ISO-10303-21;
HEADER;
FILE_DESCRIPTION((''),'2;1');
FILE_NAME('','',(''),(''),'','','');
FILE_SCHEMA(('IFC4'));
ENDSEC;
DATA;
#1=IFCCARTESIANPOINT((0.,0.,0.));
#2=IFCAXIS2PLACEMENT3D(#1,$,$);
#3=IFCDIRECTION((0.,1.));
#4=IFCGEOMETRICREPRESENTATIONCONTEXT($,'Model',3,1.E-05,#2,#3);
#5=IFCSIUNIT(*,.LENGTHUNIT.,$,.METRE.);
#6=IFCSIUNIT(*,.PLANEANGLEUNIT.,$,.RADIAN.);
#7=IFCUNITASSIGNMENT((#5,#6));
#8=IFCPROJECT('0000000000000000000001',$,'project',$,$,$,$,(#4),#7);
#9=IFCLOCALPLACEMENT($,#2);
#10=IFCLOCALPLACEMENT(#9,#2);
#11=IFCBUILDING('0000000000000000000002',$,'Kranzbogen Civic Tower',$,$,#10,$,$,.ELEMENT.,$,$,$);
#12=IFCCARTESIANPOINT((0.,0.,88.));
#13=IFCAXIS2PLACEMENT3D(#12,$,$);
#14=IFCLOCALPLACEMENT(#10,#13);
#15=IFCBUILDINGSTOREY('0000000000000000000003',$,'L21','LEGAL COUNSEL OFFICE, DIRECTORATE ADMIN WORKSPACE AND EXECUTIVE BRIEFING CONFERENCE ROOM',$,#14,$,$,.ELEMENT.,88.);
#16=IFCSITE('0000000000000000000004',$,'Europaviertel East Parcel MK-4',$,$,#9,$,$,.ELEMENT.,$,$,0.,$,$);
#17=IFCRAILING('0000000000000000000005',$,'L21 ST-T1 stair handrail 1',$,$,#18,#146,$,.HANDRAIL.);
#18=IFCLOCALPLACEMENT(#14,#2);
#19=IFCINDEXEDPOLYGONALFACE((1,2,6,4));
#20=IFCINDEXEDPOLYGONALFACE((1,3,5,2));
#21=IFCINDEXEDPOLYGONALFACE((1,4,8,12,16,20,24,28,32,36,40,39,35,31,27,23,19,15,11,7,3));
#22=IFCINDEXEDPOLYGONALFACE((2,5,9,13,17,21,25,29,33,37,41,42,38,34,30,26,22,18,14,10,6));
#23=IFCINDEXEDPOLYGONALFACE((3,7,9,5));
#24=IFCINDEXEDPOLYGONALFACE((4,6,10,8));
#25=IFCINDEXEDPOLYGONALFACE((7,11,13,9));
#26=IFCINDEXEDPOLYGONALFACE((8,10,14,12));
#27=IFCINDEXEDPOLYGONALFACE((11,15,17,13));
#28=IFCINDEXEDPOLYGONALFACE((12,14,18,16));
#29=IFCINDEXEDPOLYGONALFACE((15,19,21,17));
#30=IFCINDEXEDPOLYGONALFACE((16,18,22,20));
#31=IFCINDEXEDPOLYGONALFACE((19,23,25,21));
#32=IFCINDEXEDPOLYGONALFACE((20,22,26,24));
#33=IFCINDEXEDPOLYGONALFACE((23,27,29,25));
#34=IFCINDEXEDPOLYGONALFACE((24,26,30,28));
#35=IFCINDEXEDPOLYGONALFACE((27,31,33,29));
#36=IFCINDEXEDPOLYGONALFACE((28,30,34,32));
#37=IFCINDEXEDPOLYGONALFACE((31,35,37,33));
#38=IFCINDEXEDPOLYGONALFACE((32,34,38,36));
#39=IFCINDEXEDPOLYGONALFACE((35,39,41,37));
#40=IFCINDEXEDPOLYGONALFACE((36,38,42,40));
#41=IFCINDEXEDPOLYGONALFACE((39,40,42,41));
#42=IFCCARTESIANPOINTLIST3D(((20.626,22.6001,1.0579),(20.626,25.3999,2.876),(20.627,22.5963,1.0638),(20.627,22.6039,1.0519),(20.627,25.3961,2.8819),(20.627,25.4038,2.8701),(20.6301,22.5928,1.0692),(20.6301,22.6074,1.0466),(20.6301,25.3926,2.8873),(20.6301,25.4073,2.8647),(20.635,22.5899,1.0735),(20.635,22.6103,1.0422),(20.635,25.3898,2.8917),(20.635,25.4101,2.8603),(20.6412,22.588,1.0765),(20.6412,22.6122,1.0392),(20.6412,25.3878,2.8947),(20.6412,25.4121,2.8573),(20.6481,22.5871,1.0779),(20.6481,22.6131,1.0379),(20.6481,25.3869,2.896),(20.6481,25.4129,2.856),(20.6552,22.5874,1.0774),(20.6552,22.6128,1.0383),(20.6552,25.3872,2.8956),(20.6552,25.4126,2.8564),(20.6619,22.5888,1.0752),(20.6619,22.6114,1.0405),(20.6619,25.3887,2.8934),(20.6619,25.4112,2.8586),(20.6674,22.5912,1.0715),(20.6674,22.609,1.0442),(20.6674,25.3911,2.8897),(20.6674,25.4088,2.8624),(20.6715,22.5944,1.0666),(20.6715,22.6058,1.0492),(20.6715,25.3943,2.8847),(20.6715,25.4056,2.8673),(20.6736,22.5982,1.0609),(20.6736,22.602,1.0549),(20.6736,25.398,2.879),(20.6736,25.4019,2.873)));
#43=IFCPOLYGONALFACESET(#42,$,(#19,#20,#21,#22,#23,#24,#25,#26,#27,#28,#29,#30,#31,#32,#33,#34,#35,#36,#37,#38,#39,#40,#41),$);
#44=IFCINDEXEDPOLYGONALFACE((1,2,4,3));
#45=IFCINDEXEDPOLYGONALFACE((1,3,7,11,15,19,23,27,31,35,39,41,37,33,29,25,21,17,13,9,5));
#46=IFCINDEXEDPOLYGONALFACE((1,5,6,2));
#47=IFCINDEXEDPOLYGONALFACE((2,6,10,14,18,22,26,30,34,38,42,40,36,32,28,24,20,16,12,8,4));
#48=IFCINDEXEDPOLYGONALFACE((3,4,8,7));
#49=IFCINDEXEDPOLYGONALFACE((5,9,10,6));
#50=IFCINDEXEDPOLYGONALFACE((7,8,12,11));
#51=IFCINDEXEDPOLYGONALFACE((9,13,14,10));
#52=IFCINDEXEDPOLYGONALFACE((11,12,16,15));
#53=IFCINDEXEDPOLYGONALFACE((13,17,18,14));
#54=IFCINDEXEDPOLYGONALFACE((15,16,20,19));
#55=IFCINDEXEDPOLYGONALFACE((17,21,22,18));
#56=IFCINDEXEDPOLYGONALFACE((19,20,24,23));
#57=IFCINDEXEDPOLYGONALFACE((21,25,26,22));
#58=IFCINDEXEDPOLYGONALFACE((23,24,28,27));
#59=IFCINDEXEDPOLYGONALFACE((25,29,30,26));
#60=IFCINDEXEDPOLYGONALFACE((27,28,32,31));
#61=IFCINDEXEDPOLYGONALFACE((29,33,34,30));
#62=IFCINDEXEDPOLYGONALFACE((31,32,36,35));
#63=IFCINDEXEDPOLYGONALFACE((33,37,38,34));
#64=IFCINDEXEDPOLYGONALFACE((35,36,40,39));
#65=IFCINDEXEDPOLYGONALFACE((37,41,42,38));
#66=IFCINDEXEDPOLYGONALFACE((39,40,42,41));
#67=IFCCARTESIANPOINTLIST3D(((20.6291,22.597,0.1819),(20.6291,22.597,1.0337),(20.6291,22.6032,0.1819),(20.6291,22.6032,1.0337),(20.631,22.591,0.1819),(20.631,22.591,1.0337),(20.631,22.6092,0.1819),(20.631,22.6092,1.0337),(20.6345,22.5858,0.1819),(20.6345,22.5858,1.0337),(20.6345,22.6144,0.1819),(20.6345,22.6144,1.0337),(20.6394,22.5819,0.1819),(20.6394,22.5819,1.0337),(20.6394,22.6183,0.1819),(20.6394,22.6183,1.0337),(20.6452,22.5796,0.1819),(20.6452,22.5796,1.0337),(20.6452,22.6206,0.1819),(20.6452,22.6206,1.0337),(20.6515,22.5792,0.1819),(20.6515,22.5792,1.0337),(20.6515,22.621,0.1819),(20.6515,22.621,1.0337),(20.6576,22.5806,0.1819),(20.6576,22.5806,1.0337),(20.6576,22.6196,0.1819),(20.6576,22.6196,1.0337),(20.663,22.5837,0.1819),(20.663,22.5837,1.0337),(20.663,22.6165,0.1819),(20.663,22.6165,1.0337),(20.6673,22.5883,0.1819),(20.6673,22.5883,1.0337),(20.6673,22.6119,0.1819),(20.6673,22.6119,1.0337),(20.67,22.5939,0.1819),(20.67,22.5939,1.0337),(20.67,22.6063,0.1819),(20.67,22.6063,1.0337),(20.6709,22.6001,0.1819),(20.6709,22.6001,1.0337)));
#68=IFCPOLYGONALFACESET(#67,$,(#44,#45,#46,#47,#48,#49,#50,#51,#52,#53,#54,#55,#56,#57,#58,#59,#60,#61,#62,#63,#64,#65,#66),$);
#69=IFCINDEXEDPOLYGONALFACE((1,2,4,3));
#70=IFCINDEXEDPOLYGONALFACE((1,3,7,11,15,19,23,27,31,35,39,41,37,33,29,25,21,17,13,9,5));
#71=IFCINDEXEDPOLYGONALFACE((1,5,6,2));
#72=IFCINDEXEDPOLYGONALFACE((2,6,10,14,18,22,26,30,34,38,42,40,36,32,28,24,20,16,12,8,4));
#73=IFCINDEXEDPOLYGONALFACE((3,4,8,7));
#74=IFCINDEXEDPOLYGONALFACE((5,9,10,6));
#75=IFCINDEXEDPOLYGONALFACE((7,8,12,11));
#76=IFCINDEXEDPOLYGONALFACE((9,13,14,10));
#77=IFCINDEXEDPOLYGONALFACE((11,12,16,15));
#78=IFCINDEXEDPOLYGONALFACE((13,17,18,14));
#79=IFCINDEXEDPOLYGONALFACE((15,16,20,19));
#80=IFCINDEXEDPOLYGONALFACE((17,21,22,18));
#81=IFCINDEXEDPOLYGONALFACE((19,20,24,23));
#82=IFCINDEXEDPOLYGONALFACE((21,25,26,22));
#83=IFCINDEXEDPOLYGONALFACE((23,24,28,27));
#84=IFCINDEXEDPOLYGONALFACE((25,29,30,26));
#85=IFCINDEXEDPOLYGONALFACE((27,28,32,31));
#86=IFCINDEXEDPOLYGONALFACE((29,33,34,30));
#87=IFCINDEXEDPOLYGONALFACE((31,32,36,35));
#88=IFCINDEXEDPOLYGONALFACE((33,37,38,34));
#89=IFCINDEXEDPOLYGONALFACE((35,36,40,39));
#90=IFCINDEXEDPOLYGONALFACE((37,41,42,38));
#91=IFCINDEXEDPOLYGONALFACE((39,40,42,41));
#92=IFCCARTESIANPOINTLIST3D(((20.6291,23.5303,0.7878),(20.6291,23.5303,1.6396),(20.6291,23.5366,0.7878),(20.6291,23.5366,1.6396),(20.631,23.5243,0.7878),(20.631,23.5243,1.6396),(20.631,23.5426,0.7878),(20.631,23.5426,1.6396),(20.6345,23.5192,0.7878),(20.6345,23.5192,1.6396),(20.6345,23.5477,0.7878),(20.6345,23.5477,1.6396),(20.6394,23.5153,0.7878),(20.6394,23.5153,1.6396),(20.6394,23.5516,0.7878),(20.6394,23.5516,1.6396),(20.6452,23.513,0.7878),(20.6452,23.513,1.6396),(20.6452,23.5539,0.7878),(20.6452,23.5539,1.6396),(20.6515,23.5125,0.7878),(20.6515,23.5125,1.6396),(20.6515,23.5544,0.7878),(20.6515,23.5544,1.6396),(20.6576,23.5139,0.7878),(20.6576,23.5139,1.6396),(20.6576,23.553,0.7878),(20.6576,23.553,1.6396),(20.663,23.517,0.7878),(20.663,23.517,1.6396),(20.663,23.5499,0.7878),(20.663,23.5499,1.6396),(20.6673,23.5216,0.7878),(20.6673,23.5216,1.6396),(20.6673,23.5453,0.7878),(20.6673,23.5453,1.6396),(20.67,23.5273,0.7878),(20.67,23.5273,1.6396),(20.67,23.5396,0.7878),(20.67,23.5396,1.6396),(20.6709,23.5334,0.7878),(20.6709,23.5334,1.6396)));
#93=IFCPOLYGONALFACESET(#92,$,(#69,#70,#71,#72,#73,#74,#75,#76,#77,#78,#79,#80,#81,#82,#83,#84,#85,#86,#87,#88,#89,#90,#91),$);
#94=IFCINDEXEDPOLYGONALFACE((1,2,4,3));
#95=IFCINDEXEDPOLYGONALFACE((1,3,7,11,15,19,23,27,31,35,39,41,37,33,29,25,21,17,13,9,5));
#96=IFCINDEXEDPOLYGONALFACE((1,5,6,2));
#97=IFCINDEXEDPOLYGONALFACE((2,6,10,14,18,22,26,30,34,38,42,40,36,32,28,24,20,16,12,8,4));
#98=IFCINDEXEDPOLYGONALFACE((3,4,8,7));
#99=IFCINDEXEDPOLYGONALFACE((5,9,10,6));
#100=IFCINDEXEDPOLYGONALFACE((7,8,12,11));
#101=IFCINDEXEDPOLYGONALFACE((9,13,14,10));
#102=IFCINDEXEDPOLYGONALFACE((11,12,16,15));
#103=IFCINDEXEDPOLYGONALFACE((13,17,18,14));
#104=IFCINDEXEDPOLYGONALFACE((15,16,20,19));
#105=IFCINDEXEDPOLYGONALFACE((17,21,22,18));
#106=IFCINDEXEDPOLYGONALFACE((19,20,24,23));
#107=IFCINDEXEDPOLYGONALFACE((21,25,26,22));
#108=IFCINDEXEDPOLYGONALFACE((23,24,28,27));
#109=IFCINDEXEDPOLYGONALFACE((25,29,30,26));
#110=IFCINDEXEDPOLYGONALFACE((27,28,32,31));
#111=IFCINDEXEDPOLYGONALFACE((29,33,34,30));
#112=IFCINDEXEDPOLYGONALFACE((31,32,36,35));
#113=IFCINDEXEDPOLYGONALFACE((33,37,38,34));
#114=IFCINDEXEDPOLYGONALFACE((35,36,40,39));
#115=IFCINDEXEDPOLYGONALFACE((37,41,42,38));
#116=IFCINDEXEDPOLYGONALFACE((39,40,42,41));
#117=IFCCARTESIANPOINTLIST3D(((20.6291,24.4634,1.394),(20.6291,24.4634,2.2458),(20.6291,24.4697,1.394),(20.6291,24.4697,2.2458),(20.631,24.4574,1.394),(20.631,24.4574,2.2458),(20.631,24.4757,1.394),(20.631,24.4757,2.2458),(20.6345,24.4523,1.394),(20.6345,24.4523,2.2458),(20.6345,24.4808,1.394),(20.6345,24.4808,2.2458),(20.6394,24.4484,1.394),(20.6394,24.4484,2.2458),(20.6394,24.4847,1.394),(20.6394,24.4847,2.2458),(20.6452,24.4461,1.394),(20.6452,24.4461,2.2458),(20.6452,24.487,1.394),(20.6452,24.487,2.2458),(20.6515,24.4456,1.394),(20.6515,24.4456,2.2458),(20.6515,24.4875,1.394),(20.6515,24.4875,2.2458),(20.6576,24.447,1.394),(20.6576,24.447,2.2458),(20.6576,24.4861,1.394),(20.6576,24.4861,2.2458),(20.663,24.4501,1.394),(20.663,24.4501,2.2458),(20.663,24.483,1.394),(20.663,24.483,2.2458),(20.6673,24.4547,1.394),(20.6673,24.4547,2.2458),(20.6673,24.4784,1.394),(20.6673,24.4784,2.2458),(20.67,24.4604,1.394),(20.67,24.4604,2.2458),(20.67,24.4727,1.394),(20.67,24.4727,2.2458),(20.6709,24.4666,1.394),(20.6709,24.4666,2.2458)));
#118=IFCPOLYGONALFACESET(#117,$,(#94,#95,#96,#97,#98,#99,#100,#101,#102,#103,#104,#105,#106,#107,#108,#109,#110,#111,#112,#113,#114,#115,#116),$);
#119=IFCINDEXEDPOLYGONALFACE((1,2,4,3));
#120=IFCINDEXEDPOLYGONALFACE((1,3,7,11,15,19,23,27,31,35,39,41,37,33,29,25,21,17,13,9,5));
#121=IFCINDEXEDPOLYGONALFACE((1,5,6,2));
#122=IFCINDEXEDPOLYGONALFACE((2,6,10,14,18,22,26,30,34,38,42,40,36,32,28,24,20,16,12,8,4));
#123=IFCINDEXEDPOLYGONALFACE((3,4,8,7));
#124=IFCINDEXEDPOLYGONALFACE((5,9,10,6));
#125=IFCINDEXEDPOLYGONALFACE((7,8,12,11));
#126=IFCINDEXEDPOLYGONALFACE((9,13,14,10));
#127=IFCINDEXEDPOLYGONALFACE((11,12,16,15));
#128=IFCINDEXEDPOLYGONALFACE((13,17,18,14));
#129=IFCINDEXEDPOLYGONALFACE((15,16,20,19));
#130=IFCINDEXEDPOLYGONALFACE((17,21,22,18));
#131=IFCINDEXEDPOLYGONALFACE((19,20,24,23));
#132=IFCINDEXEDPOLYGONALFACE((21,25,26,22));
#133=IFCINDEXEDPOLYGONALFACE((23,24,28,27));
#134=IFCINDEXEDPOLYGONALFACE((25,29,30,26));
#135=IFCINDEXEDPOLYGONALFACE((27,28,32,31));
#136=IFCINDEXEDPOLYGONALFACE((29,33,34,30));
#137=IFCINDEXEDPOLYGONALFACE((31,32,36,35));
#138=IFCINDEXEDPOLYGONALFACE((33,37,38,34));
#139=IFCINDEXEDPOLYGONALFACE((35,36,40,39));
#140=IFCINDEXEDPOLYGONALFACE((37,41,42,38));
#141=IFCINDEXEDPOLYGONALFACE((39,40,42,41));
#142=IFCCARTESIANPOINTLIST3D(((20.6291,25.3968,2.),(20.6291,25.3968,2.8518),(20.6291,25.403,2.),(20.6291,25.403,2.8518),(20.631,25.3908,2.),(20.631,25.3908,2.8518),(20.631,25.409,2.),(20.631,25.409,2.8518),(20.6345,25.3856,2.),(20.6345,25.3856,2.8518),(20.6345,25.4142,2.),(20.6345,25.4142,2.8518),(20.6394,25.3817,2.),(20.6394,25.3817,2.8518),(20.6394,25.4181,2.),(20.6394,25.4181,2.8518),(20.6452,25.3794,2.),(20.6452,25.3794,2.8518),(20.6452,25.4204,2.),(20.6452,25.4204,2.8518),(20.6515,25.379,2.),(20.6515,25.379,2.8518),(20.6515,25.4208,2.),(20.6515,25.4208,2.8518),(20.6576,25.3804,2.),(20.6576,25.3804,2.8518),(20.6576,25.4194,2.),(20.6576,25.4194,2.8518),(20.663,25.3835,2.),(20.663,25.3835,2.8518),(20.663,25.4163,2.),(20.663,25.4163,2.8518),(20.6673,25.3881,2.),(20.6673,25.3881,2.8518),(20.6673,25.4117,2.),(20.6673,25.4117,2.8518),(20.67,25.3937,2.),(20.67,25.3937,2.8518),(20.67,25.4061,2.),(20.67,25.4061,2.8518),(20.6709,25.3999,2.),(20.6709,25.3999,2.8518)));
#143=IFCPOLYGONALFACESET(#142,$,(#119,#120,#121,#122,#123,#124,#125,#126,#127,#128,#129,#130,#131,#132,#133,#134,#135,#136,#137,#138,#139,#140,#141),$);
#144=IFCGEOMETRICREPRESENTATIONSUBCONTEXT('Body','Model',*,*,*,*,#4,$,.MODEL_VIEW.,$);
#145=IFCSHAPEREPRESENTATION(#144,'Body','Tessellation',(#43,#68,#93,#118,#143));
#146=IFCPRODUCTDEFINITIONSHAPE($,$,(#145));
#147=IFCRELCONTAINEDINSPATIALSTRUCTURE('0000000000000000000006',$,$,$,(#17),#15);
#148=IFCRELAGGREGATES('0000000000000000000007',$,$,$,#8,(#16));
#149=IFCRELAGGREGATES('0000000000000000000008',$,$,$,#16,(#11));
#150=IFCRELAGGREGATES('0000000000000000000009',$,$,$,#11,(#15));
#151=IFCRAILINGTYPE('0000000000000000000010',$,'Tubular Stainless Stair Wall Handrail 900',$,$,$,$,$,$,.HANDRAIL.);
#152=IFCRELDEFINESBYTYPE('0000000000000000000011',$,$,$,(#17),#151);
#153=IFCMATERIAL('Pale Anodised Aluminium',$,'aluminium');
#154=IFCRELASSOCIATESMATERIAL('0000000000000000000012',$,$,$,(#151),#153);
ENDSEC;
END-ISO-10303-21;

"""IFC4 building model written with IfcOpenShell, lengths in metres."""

from ifc_helpers import new_model, si_unit, direction, frame, origin, origin_2d, place, context, subcontext, project, spatial, circle, extrude, material, type_object, element, save


model = new_model("IFC4")

# Units and contexts
model_context = context("Model", 3, precision=1e-05, world=origin(), true_north=direction((0.0, 1.0)))
body_context = subcontext(model_context, "Body", "Model", "MODEL_VIEW")
ifc_project = project(units=[si_unit("LENGTHUNIT", "METRE"), si_unit("PLANEANGLEUNIT", "RADIAN")], contexts=[model_context])

# Site, building, storey
site_placement = place(None, origin())
site = spatial("IfcSite", under=ifc_project, at=site_placement, Name="Europaviertel East Parcel MK-4", CompositionType="ELEMENT", RefElevation=0.0)
building_placement = place(site_placement, origin())
building = spatial("IfcBuilding", under=site, at=building_placement, Name="Kranzbogen Civic Tower", CompositionType="ELEMENT")
storey_placement = place(building_placement, frame((0.0, 0.0, 88.0)))
storey = spatial("IfcBuildingStorey", under=building, at=storey_placement, Name="L21", Description="LEGAL COUNSEL OFFICE, DIRECTORATE ADMIN WORKSPACE AND EXECUTIVE BRIEFING CONFERENCE ROOM", CompositionType="ELEMENT", Elevation=88.0)

# Shared definitions
ifc_material_1 = material(Name="Pale Anodised Aluminium", Category="aluminium")

# Railing
railing_type_1 = type_object("IfcRailingType", Name="Tubular Stainless Stair Wall Handrail 900", PredefinedType="HANDRAIL", material=ifc_material_1)
railing_1_placement = place(storey_placement, frame((20.6499, 22.6001, 0.1819)))
element("IfcRailing", 1, at=railing_1_placement, inside=storey, type_object=railing_type_1, Name="L21 ST-T1 stair handrail 1", PredefinedType="HANDRAIL", context=body_context, shape_type="SweptSolid", body=[
    extrude(circle(Radius=0.0239, at=origin_2d()), frame((0.0, 0.0, 0.876), z_axis=(0.0, 0.838684, 0.544618), x_axis=(-1.0, 0.0, 0.0)), (0.0, 0.0, 1.0), 3.3384),
    extrude(circle(Radius=0.021, at=origin_2d()), origin(), (0.0, 0.0, 1.0), 0.8518),
    extrude(circle(Radius=0.021, at=origin_2d()), frame((0.0, 0.9333, 0.606)), (0.0, 0.0, 1.0), 0.8518),
    extrude(circle(Radius=0.021, at=origin_2d()), frame((0.0, 1.8665, 1.2122)), (0.0, 0.0, 1.0), 0.8518),
    extrude(circle(Radius=0.021, at=origin_2d()), frame((0.0, 2.7998, 1.8181)), (0.0, 0.0, 1.0), 0.8518),
])

save(model, "model.ifc")
